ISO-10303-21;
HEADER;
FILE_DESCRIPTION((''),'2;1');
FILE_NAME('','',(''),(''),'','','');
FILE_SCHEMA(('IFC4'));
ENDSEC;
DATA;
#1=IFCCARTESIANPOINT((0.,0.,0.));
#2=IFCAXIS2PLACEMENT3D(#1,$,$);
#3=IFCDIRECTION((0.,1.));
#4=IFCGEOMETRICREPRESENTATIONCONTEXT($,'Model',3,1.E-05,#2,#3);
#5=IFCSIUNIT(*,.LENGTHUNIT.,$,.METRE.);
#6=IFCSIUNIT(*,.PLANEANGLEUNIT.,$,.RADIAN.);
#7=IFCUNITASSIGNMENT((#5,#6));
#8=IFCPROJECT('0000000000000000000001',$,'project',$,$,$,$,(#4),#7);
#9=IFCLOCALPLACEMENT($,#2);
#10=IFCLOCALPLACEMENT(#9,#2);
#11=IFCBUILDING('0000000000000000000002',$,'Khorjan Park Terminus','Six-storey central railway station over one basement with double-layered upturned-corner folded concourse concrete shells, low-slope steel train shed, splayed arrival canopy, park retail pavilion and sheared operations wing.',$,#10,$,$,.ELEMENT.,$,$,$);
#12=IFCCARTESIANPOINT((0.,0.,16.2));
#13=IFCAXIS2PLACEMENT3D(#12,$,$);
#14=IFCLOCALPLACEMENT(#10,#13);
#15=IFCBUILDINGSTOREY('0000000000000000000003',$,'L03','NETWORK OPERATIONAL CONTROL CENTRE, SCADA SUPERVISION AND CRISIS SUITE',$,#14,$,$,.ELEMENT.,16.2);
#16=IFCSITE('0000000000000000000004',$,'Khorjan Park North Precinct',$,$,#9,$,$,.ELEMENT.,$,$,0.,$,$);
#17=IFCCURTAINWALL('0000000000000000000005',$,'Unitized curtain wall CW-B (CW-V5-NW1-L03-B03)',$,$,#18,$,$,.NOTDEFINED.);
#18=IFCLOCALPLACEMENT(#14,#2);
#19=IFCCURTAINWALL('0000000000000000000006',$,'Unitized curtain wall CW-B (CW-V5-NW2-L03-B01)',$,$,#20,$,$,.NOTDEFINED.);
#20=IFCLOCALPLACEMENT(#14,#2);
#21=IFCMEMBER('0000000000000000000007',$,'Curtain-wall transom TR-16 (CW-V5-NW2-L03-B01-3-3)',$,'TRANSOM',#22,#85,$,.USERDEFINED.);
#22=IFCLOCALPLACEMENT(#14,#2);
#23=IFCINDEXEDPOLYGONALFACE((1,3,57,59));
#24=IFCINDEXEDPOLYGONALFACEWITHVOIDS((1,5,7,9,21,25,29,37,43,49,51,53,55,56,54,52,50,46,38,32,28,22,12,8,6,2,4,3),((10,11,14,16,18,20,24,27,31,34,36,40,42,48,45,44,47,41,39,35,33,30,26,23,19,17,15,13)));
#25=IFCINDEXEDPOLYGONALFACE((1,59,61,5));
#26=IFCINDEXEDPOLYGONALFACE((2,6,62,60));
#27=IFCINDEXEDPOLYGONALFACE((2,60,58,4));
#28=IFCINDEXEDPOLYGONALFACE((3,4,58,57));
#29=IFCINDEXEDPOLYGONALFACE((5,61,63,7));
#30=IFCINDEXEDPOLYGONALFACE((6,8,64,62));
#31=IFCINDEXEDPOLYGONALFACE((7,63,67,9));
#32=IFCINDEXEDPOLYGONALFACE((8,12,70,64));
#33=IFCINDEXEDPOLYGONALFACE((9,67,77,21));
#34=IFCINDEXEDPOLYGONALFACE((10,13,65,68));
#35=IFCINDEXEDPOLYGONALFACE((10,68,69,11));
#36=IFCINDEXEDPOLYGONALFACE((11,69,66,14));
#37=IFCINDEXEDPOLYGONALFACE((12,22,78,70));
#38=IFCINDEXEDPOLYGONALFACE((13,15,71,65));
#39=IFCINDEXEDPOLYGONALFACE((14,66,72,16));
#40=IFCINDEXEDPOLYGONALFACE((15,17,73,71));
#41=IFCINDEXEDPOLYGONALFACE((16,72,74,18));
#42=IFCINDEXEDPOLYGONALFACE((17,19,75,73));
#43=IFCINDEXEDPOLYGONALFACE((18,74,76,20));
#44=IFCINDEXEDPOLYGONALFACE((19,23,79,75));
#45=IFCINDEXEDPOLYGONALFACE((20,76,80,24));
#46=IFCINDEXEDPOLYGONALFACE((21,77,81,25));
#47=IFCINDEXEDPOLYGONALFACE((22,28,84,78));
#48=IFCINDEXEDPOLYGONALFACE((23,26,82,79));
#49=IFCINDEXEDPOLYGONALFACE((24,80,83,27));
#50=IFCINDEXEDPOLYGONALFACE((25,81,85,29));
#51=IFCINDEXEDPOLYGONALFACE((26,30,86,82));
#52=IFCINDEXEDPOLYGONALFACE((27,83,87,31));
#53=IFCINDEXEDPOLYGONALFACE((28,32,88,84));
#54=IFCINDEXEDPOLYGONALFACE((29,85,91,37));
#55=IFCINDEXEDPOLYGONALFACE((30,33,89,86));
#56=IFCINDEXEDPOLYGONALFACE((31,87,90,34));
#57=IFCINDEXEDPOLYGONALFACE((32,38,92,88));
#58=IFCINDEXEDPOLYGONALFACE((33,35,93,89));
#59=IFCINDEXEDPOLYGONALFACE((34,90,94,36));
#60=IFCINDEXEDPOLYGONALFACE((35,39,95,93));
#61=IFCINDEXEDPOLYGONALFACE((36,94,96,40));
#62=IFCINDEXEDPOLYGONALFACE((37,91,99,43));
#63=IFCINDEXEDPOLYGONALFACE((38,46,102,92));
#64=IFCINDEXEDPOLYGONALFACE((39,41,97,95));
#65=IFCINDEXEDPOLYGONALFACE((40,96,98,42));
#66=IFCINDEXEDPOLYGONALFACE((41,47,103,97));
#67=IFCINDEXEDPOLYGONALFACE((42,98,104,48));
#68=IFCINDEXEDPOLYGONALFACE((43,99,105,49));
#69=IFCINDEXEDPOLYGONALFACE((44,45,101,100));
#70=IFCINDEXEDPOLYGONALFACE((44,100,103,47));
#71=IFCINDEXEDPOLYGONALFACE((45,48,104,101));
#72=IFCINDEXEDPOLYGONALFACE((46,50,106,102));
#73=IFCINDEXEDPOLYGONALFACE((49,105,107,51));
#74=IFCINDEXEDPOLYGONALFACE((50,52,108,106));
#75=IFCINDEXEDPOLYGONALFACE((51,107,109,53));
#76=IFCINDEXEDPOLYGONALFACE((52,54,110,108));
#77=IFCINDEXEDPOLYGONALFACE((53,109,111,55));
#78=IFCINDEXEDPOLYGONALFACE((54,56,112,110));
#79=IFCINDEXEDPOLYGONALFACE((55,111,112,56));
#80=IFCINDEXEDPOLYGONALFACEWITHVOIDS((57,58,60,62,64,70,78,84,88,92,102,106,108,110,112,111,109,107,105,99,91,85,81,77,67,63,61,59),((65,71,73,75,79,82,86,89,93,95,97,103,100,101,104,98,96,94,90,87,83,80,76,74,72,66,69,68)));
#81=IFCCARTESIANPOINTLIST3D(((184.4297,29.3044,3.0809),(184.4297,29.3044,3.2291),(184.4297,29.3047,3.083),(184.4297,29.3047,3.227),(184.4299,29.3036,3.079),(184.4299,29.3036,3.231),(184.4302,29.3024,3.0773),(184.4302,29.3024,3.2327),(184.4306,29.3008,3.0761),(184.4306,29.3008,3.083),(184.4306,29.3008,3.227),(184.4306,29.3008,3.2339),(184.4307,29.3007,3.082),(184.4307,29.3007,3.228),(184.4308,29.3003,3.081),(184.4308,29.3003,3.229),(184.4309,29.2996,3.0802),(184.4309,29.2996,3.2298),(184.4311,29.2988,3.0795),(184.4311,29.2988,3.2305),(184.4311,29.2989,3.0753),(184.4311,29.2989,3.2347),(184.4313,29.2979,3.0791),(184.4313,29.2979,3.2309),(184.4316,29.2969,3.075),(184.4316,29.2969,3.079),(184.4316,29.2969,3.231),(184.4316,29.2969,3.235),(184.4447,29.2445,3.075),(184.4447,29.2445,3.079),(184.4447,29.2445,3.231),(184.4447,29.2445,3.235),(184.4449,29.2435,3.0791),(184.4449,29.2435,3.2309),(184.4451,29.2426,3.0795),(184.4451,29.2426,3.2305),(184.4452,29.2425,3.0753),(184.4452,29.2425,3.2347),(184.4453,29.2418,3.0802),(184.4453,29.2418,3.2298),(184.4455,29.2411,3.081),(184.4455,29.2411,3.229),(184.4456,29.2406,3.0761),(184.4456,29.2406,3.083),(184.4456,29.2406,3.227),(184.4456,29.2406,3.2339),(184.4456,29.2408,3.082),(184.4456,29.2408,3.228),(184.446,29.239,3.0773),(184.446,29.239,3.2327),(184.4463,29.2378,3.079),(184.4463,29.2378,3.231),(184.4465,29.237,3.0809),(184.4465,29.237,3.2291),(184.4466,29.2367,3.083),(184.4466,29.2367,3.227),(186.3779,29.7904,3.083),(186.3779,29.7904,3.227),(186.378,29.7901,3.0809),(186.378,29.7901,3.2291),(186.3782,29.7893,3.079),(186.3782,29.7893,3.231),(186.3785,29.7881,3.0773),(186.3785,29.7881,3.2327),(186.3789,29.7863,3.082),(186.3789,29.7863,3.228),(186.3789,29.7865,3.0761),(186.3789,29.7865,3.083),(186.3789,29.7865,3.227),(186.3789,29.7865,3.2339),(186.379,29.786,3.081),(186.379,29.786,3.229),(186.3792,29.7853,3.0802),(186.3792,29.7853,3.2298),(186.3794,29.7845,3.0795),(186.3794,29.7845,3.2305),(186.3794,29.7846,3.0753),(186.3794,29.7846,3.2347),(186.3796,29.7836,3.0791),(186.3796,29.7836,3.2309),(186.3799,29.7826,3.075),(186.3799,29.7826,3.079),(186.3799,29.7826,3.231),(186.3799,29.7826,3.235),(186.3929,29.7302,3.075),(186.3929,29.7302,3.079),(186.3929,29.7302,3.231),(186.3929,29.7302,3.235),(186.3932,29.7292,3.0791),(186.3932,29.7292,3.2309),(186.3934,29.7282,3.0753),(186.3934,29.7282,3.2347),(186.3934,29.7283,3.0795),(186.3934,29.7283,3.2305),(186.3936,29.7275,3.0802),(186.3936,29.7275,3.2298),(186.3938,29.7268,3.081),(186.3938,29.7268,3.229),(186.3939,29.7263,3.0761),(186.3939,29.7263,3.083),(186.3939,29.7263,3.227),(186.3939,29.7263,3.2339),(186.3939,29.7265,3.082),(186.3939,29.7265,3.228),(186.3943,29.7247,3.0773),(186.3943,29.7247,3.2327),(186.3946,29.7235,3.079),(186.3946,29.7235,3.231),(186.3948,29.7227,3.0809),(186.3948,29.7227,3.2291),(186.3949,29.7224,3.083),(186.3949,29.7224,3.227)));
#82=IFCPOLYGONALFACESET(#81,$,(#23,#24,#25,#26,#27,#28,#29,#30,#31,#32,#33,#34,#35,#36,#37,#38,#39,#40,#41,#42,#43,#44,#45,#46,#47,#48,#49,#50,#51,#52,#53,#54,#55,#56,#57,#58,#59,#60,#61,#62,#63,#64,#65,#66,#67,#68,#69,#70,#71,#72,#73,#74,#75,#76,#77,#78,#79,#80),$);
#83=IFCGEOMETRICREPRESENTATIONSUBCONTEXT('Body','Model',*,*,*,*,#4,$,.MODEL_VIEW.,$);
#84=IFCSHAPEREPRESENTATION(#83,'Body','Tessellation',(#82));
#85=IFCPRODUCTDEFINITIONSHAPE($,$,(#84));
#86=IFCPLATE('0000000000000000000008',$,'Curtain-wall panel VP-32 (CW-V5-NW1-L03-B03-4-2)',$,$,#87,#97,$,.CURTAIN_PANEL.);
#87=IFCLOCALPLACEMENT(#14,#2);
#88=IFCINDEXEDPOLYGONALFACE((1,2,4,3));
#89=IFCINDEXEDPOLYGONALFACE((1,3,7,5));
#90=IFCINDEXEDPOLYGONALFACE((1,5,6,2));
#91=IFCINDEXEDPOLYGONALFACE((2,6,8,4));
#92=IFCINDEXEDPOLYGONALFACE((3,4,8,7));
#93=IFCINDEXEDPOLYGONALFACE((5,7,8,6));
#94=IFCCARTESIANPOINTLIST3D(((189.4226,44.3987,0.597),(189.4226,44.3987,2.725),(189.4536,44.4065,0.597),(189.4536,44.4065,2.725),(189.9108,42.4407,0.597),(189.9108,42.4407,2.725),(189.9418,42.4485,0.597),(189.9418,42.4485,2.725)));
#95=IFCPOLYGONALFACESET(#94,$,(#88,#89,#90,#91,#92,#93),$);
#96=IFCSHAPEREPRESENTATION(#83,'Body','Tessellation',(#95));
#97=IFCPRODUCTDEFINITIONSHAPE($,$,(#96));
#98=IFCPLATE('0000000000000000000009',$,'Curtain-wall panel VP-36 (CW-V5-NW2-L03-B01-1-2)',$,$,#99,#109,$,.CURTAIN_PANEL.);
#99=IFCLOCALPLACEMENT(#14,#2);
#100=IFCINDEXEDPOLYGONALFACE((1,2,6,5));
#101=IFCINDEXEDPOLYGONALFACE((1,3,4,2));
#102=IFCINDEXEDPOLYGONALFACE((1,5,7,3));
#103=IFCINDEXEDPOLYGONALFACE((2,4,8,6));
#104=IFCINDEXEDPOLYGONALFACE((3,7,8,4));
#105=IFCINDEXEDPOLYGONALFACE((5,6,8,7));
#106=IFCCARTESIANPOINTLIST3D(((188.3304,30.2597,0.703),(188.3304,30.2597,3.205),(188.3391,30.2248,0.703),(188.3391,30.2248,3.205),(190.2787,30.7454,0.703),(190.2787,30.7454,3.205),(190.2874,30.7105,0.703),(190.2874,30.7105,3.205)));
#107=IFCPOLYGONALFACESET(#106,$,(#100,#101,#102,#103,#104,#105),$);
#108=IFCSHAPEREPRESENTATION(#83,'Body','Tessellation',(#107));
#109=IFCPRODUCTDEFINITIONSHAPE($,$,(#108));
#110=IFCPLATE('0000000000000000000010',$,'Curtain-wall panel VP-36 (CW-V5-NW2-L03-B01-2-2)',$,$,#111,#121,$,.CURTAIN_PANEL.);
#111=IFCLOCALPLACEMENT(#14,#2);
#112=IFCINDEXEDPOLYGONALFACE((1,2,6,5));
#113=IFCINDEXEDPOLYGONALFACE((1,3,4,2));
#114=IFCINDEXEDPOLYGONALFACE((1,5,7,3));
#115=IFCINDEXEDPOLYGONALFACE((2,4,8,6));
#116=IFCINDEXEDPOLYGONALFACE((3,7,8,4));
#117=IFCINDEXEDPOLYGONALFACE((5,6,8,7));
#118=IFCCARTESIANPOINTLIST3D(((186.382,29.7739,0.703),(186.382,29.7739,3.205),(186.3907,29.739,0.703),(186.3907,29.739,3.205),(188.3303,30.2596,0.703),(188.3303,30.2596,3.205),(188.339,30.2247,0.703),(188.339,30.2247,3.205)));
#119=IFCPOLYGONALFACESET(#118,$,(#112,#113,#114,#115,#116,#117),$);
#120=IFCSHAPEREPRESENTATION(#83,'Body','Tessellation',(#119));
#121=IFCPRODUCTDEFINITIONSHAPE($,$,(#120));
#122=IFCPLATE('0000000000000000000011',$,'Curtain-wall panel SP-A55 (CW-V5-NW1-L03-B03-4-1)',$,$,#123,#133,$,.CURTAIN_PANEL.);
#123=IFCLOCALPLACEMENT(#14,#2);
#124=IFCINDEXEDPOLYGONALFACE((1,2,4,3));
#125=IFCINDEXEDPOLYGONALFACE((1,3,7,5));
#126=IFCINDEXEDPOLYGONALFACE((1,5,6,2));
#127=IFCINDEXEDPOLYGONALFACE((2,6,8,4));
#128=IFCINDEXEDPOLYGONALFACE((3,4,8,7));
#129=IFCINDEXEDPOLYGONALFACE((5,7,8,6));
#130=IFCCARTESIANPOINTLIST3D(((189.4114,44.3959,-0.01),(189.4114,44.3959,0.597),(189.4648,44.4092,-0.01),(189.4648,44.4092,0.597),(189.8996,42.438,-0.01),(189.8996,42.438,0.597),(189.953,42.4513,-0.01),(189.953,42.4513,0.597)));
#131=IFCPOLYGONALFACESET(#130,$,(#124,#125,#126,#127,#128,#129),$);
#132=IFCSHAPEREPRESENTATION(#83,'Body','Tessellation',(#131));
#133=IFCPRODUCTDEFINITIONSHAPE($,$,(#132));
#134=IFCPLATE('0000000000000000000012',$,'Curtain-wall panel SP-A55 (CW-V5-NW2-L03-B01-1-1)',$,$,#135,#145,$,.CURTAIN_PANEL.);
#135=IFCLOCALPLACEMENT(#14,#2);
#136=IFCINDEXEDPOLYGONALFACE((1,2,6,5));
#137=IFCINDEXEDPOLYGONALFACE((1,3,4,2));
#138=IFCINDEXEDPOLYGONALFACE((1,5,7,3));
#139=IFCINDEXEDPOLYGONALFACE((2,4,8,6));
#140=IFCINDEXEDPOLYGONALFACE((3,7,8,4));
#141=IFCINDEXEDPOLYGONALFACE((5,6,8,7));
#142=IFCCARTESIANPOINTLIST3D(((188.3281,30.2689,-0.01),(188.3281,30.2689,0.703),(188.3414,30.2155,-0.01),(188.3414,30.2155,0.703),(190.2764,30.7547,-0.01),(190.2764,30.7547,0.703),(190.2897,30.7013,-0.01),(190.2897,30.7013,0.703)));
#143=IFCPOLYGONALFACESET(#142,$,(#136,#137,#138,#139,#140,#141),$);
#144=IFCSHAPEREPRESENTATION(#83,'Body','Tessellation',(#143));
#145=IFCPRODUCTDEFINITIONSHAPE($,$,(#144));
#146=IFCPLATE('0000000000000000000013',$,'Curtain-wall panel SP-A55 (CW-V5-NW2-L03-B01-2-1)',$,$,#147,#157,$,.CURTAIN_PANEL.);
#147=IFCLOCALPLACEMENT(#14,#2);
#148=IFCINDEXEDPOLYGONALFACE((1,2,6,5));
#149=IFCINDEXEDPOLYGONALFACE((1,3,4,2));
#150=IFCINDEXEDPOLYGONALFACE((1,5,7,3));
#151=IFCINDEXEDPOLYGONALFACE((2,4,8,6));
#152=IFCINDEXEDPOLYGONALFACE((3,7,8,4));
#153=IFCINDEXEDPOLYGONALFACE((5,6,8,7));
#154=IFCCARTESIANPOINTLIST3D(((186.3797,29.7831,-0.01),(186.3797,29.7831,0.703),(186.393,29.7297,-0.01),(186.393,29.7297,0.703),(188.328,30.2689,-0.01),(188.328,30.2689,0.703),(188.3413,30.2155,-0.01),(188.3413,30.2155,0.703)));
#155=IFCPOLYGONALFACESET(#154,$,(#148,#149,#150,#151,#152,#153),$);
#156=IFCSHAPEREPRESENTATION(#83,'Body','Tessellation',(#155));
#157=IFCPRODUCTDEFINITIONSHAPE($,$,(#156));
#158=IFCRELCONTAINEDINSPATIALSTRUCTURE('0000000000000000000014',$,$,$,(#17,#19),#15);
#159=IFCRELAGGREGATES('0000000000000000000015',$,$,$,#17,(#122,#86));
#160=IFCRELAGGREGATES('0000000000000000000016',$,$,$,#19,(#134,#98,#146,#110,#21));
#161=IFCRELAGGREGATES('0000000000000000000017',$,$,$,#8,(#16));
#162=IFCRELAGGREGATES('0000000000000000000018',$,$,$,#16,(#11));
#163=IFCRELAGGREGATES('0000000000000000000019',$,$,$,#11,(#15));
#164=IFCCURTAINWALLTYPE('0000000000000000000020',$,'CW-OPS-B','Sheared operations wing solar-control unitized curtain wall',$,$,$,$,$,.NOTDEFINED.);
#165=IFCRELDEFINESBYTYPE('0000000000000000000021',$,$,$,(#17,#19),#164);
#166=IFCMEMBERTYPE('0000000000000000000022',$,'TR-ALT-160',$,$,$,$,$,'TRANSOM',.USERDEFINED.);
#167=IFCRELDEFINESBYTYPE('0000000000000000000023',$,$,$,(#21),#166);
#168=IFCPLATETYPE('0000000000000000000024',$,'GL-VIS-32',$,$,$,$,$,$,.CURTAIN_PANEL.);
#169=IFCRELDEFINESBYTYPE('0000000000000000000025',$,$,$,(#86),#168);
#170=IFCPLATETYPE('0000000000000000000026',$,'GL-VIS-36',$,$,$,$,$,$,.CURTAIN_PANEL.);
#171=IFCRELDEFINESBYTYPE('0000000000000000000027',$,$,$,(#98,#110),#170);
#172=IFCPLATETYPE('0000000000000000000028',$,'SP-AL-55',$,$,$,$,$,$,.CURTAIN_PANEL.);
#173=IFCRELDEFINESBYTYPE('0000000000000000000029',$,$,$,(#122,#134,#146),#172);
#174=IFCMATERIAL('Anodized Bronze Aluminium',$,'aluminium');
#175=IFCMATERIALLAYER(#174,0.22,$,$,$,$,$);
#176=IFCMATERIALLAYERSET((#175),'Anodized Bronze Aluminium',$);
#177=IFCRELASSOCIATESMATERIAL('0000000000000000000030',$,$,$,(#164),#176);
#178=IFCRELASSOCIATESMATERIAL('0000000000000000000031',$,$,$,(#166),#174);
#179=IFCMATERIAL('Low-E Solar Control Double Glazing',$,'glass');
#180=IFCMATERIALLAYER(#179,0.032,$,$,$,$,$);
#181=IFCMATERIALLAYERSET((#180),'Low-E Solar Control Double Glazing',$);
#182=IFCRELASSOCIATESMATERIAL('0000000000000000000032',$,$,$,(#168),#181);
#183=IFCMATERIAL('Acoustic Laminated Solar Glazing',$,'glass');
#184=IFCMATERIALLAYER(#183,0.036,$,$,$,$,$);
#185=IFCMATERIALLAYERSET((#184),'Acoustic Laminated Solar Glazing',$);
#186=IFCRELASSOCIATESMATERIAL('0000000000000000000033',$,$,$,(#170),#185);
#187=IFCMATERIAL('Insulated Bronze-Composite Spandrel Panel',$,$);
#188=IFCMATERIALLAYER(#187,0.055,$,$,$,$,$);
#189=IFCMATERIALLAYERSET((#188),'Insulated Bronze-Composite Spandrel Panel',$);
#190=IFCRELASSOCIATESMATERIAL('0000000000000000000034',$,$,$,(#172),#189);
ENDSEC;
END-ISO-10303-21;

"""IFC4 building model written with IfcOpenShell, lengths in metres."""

from ifc_helpers import new_model, si_unit, direction, frame, origin, origin_2d, place, context, subcontext, project, spatial, rectangle, hollow_rectangle, extrude, material, layer, layer_set, material_profile, profile_set, type_object, element, aggregate, save


model = new_model("IFC4")

# Units and contexts
model_context = context("Model", 3, precision=1e-05, world=origin(), true_north=direction((0.0, 1.0)))
body_context = subcontext(model_context, "Body", "Model", "MODEL_VIEW")
ifc_project = project(units=[si_unit("LENGTHUNIT", "METRE"), si_unit("PLANEANGLEUNIT", "RADIAN")], contexts=[model_context])

# Site, building, storey
site_placement = place(None, origin())
site = spatial("IfcSite", under=ifc_project, at=site_placement, Name="Khorjan Park North Precinct", CompositionType="ELEMENT", RefElevation=0.0)
building_placement = place(site_placement, origin())
building = spatial("IfcBuilding", under=site, at=building_placement, Name="Khorjan Park Terminus", Description="Six-storey central railway station over one basement with double-layered upturned-corner folded concourse concrete shells, low-slope steel train shed, splayed arrival canopy, park retail pavilion and sheared operations wing.", CompositionType="ELEMENT")
storey_placement = place(building_placement, frame((0.0, 0.0, 16.2)))
storey = spatial("IfcBuildingStorey", under=building, at=storey_placement, Name="L03", Description="NETWORK OPERATIONAL CONTROL CENTRE, SCADA SUPERVISION AND CRISIS SUITE", CompositionType="ELEMENT", Elevation=16.2)

# Curtain walls
ifc_material_1 = material(Name="Anodized Bronze Aluminium", Category="aluminium")
ifc_layer_1 = layer(ifc_material_1, 0.22)
ifc_layer_set_1 = layer_set([ifc_layer_1], Name="Anodized Bronze Aluminium")
curtain_wall_type = type_object("IfcCurtainWallType", Name="CW-OPS-B", Description="Sheared operations wing solar-control unitized curtain wall", PredefinedType="NOTDEFINED", material=ifc_layer_set_1)
curtain_wall_1_placement = place(storey_placement, origin())
curtain_wall_1 = element("IfcCurtainWall", 1, at=curtain_wall_1_placement, inside=storey, type_object=curtain_wall_type, Name="Unitized curtain wall CW-B (CW-V5-NW1-L03-B03)", PredefinedType="NOTDEFINED")
curtain_wall_2_placement = place(storey_placement, origin())
curtain_wall_2 = element("IfcCurtainWall", 2, at=curtain_wall_2_placement, inside=storey, type_object=curtain_wall_type, Name="Unitized curtain wall CW-B (CW-V5-NW2-L03-B01)", PredefinedType="NOTDEFINED")

# Member
ifc_material_profile_1 = material_profile(ifc_material_1, hollow_rectangle(XDim=0.07, YDim=0.16, WallThickness=0.004, InnerFilletRadius=0.004, OuterFilletRadius=0.008, at=origin_2d()), Name="ALT 70x160x4")
ifc_profile_set_1 = profile_set([ifc_material_profile_1], Name="Anodized Bronze Aluminium")
member_type_1 = type_object("IfcMemberType", Name="TR-ALT-160", ElementType="TRANSOM", PredefinedType="USERDEFINED", material=ifc_profile_set_1)
member_1_placement = place(storey_placement, frame((186.3864, 29.7564, 3.155), z_axis=(-0.970303, -0.241891, 0.0), x_axis=(0.241891, -0.970303, 0.0)))
member_1 = element("IfcMember", 3, at=member_1_placement, type_object=member_type_1, Name="Curtain-wall transom TR-16 (CW-V5-NW2-L03-B01-3-3)", ObjectType="TRANSOM", PredefinedType="USERDEFINED", context=body_context, shape_type="SweptSolid", body=[
    extrude(hollow_rectangle(XDim=0.07, YDim=0.16, WallThickness=0.004, InnerFilletRadius=0.004, OuterFilletRadius=0.008, at=origin_2d()), origin(), (0.0, 0.0, 1.0), 2.0079),
])

# Plates
ifc_material_2 = material(Name="Low-E Solar Control Double Glazing", Category="glass")
ifc_layer_2 = layer(ifc_material_2, 0.032)
ifc_layer_set_2 = layer_set([ifc_layer_2], Name="Low-E Solar Control Double Glazing")
plate_type_1 = type_object("IfcPlateType", Name="GL-VIS-32", PredefinedType="CURTAIN_PANEL", material=ifc_layer_set_2)
plate_1_placement = place(storey_placement, frame((189.6822, 43.4236, 0.597), z_axis=(0.0, 0.0, 1.0), x_axis=(0.24192, -0.970296, 0.0)))
plate_1 = element("IfcPlate", 4, at=plate_1_placement, type_object=plate_type_1, Name="Curtain-wall panel VP-32 (CW-V5-NW1-L03-B03-4-2)", PredefinedType="CURTAIN_PANEL", context=body_context, shape_type="SweptSolid", body=[
    extrude(rectangle(XDim=2.0179, YDim=0.032, at=origin_2d()), origin(), (0.0, 0.0, 1.0), 2.128),
])
ifc_material_3 = material(Name="Acoustic Laminated Solar Glazing", Category="glass")
ifc_layer_3 = layer(ifc_material_3, 0.036)
ifc_layer_set_3 = layer_set([ifc_layer_3], Name="Acoustic Laminated Solar Glazing")
plate_type_2 = type_object("IfcPlateType", Name="GL-VIS-36", PredefinedType="CURTAIN_PANEL", material=ifc_layer_set_3)
plate_2_placement = place(storey_placement, frame((189.3089, 30.4851, 0.703), z_axis=(0.0, 0.0, 1.0), x_axis=(-0.970296, -0.241919, 0.0)))
plate_2 = element("IfcPlate", 5, at=plate_2_placement, type_object=plate_type_2, Name="Curtain-wall panel VP-36 (CW-V5-NW2-L03-B01-1-2)", PredefinedType="CURTAIN_PANEL", context=body_context, shape_type="SweptSolid", body=[
    extrude(rectangle(XDim=2.0079, YDim=0.036, at=origin_2d()), origin(), (0.0, 0.0, 1.0), 2.502),
])
plate_3_placement = place(storey_placement, frame((187.3605, 29.9993, 0.703), z_axis=(0.0, 0.0, 1.0), x_axis=(-0.970296, -0.241919, 0.0)))
plate_3 = element("IfcPlate", 6, at=plate_3_placement, type_object=plate_type_2, Name="Curtain-wall panel VP-36 (CW-V5-NW2-L03-B01-2-2)", PredefinedType="CURTAIN_PANEL", context=body_context, shape_type="SweptSolid", body=[
    extrude(rectangle(XDim=2.0079, YDim=0.036, at=origin_2d()), origin(), (0.0, 0.0, 1.0), 2.502),
])
ifc_material_4 = material(Name="Insulated Bronze-Composite Spandrel Panel")
ifc_layer_4 = layer(ifc_material_4, 0.055)
ifc_layer_set_4 = layer_set([ifc_layer_4], Name="Insulated Bronze-Composite Spandrel Panel")
plate_type_3 = type_object("IfcPlateType", Name="SP-AL-55", PredefinedType="CURTAIN_PANEL", material=ifc_layer_set_4)
plate_4_placement = place(storey_placement, frame((189.6822, 43.4236, -0.01), z_axis=(0.0, 0.0, 1.0), x_axis=(0.24192, -0.970296, 0.0)))
plate_4 = element("IfcPlate", 7, at=plate_4_placement, type_object=plate_type_3, Name="Curtain-wall panel SP-A55 (CW-V5-NW1-L03-B03-4-1)", PredefinedType="CURTAIN_PANEL", context=body_context, shape_type="SweptSolid", body=[
    extrude(rectangle(XDim=2.0179, YDim=0.055, at=origin_2d()), origin(), (0.0, 0.0, 1.0), 0.607),
])
aggregate(curtain_wall_1, [plate_4, plate_1])
plate_5_placement = place(storey_placement, frame((189.3089, 30.4851, -0.01), z_axis=(0.0, 0.0, 1.0), x_axis=(-0.970296, -0.241919, 0.0)))
plate_5 = element("IfcPlate", 8, at=plate_5_placement, type_object=plate_type_3, Name="Curtain-wall panel SP-A55 (CW-V5-NW2-L03-B01-1-1)", PredefinedType="CURTAIN_PANEL", context=body_context, shape_type="SweptSolid", body=[
    extrude(rectangle(XDim=2.0079, YDim=0.055, at=origin_2d()), origin(), (0.0, 0.0, 1.0), 0.713),
])
plate_6_placement = place(storey_placement, frame((187.3605, 29.9993, -0.01), z_axis=(0.0, 0.0, 1.0), x_axis=(-0.970296, -0.241919, 0.0)))
plate_6 = element("IfcPlate", 9, at=plate_6_placement, type_object=plate_type_3, Name="Curtain-wall panel SP-A55 (CW-V5-NW2-L03-B01-2-1)", PredefinedType="CURTAIN_PANEL", context=body_context, shape_type="SweptSolid", body=[
    extrude(rectangle(XDim=2.0079, YDim=0.055, at=origin_2d()), origin(), (0.0, 0.0, 1.0), 0.713),
])
aggregate(curtain_wall_2, [plate_5, plate_2, plate_6, plate_3, member_1])

save(model, "model.ifc")
